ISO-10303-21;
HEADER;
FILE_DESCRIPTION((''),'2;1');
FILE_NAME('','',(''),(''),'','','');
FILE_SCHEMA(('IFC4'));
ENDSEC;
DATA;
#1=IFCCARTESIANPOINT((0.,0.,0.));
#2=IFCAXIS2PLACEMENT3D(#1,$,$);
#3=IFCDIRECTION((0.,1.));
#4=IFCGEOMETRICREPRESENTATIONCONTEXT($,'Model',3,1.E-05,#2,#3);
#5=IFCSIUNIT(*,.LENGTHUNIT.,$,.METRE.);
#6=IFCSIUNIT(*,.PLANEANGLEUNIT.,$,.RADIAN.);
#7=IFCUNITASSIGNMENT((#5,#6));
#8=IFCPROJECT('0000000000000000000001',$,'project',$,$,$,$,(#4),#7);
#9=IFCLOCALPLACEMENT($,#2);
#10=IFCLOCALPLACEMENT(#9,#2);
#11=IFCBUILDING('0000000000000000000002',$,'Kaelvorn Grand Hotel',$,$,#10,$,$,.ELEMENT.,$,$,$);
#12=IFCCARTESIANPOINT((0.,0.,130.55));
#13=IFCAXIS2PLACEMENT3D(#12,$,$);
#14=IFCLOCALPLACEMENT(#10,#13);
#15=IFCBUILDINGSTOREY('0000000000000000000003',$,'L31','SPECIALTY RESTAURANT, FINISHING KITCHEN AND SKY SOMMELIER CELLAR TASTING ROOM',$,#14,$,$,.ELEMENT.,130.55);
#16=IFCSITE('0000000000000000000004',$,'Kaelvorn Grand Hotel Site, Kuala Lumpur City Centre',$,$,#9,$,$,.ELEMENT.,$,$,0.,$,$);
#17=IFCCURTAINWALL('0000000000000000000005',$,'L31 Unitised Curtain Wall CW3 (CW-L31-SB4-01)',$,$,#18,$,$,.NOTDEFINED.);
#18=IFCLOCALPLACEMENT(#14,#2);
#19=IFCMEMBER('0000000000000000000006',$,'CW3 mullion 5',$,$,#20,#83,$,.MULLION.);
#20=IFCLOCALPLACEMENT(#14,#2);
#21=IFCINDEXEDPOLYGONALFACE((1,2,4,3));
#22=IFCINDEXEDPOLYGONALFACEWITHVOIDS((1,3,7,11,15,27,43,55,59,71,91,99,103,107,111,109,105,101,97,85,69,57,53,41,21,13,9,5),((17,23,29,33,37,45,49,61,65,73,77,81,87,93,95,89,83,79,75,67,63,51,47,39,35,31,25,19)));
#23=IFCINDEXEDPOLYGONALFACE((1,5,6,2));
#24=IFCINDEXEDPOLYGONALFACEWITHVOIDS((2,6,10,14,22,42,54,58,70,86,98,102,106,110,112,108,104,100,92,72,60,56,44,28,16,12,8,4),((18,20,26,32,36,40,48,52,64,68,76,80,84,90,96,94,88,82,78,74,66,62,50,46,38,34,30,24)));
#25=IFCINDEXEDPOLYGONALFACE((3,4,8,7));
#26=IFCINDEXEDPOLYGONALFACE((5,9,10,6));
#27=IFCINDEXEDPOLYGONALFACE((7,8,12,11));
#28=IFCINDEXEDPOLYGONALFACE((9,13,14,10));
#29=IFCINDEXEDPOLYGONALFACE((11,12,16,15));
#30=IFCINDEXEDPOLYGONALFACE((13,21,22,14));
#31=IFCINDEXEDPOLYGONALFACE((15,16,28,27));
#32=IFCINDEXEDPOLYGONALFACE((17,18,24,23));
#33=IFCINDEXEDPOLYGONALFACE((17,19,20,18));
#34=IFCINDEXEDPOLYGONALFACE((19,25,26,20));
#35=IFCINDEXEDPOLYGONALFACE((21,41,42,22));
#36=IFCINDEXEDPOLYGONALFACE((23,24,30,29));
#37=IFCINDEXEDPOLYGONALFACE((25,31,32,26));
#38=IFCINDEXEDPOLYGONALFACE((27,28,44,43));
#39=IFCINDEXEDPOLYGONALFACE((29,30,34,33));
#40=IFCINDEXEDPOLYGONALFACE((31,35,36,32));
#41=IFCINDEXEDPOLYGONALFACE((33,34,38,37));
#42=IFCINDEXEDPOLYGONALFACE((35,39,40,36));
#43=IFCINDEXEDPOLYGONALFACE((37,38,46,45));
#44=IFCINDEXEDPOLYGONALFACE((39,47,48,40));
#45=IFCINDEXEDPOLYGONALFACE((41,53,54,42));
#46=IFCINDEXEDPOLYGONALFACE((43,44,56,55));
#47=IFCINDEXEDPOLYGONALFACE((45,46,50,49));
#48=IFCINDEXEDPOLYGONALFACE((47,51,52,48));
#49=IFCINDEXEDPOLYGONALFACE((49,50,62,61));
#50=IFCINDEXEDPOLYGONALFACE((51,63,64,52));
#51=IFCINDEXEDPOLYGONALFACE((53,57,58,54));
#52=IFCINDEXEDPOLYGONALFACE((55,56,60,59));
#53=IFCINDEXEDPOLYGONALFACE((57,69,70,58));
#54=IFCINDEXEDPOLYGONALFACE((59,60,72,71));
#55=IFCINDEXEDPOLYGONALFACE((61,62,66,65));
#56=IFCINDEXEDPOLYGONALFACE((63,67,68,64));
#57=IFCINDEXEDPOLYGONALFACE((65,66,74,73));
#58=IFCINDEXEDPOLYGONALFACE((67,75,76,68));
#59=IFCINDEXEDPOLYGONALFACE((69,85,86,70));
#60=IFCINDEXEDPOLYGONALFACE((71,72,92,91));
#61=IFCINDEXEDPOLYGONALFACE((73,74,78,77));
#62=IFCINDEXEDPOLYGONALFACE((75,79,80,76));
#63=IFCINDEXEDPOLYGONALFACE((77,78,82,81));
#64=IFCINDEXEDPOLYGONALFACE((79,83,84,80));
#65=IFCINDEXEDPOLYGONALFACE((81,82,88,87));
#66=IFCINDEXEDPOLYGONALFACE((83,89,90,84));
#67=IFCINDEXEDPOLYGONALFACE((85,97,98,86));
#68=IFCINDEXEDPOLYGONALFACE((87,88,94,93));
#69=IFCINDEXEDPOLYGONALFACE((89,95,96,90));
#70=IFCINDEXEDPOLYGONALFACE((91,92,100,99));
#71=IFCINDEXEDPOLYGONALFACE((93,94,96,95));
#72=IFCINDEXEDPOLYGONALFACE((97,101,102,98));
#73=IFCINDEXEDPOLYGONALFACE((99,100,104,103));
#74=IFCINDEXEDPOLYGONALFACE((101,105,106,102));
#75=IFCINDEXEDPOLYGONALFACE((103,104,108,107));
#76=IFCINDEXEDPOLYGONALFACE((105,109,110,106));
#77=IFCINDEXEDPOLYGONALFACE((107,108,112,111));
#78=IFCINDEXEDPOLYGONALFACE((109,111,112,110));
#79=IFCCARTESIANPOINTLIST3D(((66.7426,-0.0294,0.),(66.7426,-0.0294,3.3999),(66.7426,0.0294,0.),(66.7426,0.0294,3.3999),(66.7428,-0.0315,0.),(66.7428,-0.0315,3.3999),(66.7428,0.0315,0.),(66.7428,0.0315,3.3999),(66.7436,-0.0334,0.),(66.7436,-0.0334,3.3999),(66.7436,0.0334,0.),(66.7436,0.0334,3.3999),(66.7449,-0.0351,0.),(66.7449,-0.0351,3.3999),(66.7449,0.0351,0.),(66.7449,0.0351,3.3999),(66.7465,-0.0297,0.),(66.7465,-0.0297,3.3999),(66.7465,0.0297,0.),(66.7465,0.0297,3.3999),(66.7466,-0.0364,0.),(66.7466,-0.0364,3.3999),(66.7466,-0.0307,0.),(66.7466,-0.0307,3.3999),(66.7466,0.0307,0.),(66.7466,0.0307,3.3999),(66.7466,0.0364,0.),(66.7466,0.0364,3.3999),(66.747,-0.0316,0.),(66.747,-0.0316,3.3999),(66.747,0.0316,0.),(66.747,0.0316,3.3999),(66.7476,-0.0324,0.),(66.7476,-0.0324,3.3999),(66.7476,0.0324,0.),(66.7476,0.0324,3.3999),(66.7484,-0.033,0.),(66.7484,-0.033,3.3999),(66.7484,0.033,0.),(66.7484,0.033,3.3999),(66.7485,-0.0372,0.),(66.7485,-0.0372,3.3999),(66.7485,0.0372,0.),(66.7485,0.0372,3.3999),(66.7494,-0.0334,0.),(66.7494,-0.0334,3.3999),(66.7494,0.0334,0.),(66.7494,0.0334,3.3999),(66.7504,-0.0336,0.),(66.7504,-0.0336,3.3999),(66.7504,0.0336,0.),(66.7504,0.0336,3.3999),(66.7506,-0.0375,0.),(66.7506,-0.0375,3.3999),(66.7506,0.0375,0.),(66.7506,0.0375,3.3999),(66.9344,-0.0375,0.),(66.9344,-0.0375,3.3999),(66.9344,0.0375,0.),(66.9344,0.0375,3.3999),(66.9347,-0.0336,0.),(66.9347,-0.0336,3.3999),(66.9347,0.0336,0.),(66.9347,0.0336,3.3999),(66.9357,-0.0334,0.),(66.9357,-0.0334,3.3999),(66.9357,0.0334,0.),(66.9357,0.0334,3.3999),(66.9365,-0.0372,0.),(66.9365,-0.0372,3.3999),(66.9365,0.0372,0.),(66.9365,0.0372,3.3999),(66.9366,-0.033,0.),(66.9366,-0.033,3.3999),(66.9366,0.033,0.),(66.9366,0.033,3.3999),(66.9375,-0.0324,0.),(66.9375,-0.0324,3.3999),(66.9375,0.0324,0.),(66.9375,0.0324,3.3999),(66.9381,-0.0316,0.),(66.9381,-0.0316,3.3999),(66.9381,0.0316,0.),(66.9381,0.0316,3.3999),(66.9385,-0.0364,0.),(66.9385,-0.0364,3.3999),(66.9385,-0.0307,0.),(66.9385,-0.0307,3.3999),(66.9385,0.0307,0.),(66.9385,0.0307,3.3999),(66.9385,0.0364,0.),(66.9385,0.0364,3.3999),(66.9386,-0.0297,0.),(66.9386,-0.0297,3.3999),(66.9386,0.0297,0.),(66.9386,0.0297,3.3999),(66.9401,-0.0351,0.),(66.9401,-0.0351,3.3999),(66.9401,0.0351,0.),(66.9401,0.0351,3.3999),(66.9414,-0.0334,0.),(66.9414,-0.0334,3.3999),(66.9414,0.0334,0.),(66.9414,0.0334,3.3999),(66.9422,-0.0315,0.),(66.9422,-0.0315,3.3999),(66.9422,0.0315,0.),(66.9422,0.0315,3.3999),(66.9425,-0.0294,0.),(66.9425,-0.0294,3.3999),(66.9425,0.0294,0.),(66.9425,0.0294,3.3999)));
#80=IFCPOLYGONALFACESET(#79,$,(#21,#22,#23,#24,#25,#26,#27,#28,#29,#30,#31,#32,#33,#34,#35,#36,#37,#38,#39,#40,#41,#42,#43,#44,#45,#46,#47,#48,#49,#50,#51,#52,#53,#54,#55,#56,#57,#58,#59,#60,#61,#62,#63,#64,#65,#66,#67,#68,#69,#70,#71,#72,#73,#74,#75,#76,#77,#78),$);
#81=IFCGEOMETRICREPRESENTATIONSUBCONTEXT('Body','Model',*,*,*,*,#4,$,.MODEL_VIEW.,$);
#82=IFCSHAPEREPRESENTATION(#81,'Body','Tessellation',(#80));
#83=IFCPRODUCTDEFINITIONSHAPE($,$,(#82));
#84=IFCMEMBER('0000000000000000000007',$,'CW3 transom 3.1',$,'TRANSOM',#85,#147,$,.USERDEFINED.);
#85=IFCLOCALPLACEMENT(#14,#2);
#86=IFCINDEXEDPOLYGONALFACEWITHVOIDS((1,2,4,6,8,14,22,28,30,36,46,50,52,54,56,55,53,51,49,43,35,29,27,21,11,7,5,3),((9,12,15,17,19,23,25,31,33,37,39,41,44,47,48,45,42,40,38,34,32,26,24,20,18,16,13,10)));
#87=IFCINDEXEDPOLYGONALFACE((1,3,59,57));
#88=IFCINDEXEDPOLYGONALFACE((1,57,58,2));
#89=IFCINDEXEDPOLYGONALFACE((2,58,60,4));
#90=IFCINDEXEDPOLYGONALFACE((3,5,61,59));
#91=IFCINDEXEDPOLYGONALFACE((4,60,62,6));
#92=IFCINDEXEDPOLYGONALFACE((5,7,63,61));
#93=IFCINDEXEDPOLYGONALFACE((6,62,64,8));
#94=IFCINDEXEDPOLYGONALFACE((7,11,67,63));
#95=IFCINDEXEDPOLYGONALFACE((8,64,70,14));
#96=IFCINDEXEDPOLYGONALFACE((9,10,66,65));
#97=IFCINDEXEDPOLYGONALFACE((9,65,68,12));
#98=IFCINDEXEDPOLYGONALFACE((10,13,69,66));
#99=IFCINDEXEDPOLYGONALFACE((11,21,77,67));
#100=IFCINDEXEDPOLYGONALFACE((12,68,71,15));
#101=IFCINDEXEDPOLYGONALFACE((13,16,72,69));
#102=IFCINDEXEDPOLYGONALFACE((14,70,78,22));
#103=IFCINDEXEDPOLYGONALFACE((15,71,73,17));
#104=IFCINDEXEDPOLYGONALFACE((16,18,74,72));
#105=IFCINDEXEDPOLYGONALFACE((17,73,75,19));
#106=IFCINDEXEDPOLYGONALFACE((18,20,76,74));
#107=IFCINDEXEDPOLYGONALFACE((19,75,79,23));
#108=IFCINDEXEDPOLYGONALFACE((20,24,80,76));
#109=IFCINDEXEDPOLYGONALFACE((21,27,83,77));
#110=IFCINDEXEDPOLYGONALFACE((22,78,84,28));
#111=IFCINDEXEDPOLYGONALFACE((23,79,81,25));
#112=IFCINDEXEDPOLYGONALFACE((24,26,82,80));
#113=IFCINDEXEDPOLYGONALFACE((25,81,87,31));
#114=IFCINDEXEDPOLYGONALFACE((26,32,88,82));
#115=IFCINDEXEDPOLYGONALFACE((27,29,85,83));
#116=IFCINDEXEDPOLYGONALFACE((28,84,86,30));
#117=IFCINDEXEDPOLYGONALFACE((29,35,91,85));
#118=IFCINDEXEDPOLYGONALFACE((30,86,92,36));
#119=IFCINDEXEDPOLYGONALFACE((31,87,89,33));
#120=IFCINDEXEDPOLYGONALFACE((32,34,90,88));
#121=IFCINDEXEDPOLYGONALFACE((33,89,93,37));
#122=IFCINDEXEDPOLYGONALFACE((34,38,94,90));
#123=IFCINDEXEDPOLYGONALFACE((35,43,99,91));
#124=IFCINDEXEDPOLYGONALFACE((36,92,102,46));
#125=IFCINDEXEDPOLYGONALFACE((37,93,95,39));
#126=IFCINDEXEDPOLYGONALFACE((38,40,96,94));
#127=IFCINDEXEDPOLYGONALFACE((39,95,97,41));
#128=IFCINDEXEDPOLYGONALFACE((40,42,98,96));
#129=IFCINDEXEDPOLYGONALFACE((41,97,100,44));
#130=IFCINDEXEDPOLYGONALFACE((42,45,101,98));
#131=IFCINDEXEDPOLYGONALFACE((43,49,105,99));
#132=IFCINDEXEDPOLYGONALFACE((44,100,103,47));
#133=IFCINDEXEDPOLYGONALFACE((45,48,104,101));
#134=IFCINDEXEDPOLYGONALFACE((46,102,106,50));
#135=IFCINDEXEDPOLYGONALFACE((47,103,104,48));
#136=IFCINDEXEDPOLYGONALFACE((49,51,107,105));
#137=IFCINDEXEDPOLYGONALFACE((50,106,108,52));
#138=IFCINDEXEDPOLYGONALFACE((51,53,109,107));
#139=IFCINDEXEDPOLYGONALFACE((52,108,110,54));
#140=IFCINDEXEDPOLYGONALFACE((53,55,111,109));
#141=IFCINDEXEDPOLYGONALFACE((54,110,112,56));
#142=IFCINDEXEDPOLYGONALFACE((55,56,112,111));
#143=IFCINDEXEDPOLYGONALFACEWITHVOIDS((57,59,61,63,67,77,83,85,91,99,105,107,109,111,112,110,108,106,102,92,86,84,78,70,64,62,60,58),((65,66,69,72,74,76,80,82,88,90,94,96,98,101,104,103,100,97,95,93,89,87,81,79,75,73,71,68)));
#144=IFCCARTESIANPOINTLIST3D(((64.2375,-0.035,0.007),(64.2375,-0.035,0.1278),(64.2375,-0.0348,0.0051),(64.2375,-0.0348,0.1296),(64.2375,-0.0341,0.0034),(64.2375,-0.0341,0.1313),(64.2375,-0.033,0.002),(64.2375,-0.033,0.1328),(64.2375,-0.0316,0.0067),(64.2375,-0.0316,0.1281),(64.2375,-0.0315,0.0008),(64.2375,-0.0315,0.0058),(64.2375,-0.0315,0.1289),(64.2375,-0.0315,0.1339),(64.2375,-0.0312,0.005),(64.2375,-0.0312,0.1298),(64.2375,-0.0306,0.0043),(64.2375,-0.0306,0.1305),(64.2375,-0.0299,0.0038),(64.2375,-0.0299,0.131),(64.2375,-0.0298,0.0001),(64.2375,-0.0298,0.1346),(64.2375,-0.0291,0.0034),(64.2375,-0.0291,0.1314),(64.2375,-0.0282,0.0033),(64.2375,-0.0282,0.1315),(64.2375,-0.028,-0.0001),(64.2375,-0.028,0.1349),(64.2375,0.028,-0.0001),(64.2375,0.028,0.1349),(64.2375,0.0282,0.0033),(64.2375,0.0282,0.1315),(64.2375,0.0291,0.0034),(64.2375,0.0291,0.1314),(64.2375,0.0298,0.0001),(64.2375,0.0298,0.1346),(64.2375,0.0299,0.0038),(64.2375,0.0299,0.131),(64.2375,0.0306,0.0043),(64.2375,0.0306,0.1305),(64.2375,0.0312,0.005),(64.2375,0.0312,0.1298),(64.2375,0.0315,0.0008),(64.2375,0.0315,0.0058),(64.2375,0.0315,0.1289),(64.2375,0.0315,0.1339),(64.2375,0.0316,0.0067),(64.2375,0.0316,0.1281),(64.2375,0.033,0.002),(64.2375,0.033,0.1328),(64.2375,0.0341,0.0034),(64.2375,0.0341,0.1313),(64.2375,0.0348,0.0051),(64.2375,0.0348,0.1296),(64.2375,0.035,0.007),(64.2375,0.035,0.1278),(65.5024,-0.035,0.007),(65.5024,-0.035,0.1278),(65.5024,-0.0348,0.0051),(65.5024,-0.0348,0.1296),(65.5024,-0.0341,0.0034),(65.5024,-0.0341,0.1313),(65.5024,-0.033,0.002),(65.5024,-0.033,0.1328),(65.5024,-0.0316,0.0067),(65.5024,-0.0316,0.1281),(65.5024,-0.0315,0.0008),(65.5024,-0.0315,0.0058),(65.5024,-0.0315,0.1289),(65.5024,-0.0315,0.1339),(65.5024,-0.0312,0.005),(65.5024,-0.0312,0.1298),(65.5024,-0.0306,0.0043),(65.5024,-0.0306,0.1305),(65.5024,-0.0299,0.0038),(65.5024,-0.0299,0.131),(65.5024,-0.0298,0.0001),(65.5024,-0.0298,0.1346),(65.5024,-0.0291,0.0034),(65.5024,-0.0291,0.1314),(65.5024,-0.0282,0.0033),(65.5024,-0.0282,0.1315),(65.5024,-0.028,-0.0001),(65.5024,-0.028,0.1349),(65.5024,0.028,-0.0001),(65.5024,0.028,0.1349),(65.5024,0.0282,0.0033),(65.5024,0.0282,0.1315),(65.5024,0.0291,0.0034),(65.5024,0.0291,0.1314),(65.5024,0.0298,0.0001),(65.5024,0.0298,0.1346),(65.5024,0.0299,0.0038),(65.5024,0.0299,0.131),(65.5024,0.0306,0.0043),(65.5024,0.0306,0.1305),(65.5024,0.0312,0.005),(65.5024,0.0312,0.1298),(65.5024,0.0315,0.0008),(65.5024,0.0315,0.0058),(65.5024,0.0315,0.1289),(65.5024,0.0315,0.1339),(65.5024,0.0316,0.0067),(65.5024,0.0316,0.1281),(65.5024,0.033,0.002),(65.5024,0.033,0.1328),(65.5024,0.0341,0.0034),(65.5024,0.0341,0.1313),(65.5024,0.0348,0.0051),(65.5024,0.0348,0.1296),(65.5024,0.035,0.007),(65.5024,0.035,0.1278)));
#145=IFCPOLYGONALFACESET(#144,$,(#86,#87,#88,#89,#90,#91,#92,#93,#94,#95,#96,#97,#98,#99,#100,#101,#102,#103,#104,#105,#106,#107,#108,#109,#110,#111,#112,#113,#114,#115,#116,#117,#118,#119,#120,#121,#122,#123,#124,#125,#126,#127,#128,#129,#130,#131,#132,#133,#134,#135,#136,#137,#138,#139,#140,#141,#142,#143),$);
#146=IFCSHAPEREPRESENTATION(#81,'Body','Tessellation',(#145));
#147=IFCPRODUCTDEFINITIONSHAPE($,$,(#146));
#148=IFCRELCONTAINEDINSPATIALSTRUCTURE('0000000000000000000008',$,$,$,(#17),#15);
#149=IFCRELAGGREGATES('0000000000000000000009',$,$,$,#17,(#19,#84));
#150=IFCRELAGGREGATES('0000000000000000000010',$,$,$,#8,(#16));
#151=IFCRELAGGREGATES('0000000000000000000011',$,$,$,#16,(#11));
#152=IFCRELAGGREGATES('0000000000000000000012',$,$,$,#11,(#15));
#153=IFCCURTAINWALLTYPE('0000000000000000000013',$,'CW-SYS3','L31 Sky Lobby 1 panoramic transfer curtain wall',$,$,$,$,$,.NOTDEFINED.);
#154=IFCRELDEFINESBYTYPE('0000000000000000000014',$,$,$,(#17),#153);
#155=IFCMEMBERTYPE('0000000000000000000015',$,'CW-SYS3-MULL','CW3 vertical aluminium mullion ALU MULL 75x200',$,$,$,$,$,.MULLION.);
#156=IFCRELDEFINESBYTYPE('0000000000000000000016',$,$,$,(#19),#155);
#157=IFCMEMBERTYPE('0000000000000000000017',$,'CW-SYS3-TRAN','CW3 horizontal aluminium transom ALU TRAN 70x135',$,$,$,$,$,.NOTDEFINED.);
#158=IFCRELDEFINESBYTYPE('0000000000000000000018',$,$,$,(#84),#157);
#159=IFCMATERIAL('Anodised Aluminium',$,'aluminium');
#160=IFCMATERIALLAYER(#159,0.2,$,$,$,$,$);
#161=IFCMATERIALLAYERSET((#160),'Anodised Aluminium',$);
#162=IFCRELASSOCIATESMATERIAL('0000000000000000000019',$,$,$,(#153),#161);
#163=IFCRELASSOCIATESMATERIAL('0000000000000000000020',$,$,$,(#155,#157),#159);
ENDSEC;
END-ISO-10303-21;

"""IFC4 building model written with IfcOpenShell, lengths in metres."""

from ifc_helpers import new_model, si_unit, direction, frame, origin, origin_2d, place, context, subcontext, project, spatial, hollow_rectangle, extrude, material, layer, layer_set, material_profile, profile_set, type_object, element, aggregate, save


model = new_model("IFC4")

# Units and contexts
model_context = context("Model", 3, precision=1e-05, world=origin(), true_north=direction((0.0, 1.0)))
body_context = subcontext(model_context, "Body", "Model", "MODEL_VIEW")
ifc_project = project(units=[si_unit("LENGTHUNIT", "METRE"), si_unit("PLANEANGLEUNIT", "RADIAN")], contexts=[model_context])

# Site, building, storey
site_placement = place(None, origin())
site = spatial("IfcSite", under=ifc_project, at=site_placement, Name="Kaelvorn Grand Hotel Site, Kuala Lumpur City Centre", CompositionType="ELEMENT", RefElevation=0.0)
building_placement = place(site_placement, origin())
building = spatial("IfcBuilding", under=site, at=building_placement, Name="Kaelvorn Grand Hotel", CompositionType="ELEMENT")
storey_placement = place(building_placement, frame((0.0, 0.0, 130.55)))
storey = spatial("IfcBuildingStorey", under=building, at=storey_placement, Name="L31", Description="SPECIALTY RESTAURANT, FINISHING KITCHEN AND SKY SOMMELIER CELLAR TASTING ROOM", CompositionType="ELEMENT", Elevation=130.55)

# Curtain wall, members
ifc_material_1 = material(Name="Anodised Aluminium", Category="aluminium")
ifc_layer_1 = layer(ifc_material_1, 0.2)
ifc_layer_set_1 = layer_set([ifc_layer_1], Name="Anodised Aluminium")
curtain_wall_type = type_object("IfcCurtainWallType", Name="CW-SYS3", Description="L31 Sky Lobby 1 panoramic transfer curtain wall", PredefinedType="NOTDEFINED", material=ifc_layer_set_1)
curtain_wall_placement = place(storey_placement, origin())
curtain_wall = element("IfcCurtainWall", 1, at=curtain_wall_placement, inside=storey, type_object=curtain_wall_type, Name="L31 Unitised Curtain Wall CW3 (CW-L31-SB4-01)", PredefinedType="NOTDEFINED")
ifc_material_profile_1 = material_profile(ifc_material_1, hollow_rectangle(XDim=0.075, YDim=0.2, WallThickness=0.0039, InnerFilletRadius=0.0039, OuterFilletRadius=0.0081, at=origin_2d()), Name="ALU MULL 75x200")
ifc_profile_set_1 = profile_set([ifc_material_profile_1], Name="Anodised Aluminium")
member_type_1 = type_object("IfcMemberType", Name="CW-SYS3-MULL", Description="CW3 vertical aluminium mullion ALU MULL 75x200", PredefinedType="MULLION", material=ifc_profile_set_1)
member_1_placement = place(storey_placement, frame((66.8425, 0.0, 0.0), z_axis=(0.0, 0.0, 1.0), x_axis=(0.0, 1.0, 0.0)))
member_1 = element("IfcMember", 2, at=member_1_placement, type_object=member_type_1, Name="CW3 mullion 5", PredefinedType="MULLION", context=body_context, shape_type="SweptSolid", body=[
    extrude(hollow_rectangle(XDim=0.075, YDim=0.2, WallThickness=0.0039, InnerFilletRadius=0.0039, OuterFilletRadius=0.0081, at=origin_2d()), origin(), (0.0, 0.0, 1.0), 3.3999),
])
ifc_material_profile_2 = material_profile(ifc_material_1, hollow_rectangle(XDim=0.0701, YDim=0.135, WallThickness=0.0034, InnerFilletRadius=0.0034, OuterFilletRadius=0.0071, at=origin_2d()), Name="ALU TRAN 70x135")
ifc_profile_set_2 = profile_set([ifc_material_profile_2], Name="Anodised Aluminium")
member_type_2 = type_object("IfcMemberType", Name="CW-SYS3-TRAN", Description="CW3 horizontal aluminium transom ALU TRAN 70x135", PredefinedType="NOTDEFINED", material=ifc_profile_set_2)
member_2_placement = place(storey_placement, frame((64.2375, 0.0, 0.0674), z_axis=(1.0, 0.0, 0.0), x_axis=(0.0, 1.0, 0.0)))
member_2 = element("IfcMember", 3, at=member_2_placement, type_object=member_type_2, Name="CW3 transom 3.1", ObjectType="TRANSOM", PredefinedType="USERDEFINED", context=body_context, shape_type="SweptSolid", body=[
    extrude(hollow_rectangle(XDim=0.0701, YDim=0.135, WallThickness=0.0034, InnerFilletRadius=0.0034, OuterFilletRadius=0.0071, at=origin_2d()), origin(), (0.0, 0.0, 1.0), 1.2649),
])
aggregate(curtain_wall, [member_1, member_2])

save(model, "model.ifc")
